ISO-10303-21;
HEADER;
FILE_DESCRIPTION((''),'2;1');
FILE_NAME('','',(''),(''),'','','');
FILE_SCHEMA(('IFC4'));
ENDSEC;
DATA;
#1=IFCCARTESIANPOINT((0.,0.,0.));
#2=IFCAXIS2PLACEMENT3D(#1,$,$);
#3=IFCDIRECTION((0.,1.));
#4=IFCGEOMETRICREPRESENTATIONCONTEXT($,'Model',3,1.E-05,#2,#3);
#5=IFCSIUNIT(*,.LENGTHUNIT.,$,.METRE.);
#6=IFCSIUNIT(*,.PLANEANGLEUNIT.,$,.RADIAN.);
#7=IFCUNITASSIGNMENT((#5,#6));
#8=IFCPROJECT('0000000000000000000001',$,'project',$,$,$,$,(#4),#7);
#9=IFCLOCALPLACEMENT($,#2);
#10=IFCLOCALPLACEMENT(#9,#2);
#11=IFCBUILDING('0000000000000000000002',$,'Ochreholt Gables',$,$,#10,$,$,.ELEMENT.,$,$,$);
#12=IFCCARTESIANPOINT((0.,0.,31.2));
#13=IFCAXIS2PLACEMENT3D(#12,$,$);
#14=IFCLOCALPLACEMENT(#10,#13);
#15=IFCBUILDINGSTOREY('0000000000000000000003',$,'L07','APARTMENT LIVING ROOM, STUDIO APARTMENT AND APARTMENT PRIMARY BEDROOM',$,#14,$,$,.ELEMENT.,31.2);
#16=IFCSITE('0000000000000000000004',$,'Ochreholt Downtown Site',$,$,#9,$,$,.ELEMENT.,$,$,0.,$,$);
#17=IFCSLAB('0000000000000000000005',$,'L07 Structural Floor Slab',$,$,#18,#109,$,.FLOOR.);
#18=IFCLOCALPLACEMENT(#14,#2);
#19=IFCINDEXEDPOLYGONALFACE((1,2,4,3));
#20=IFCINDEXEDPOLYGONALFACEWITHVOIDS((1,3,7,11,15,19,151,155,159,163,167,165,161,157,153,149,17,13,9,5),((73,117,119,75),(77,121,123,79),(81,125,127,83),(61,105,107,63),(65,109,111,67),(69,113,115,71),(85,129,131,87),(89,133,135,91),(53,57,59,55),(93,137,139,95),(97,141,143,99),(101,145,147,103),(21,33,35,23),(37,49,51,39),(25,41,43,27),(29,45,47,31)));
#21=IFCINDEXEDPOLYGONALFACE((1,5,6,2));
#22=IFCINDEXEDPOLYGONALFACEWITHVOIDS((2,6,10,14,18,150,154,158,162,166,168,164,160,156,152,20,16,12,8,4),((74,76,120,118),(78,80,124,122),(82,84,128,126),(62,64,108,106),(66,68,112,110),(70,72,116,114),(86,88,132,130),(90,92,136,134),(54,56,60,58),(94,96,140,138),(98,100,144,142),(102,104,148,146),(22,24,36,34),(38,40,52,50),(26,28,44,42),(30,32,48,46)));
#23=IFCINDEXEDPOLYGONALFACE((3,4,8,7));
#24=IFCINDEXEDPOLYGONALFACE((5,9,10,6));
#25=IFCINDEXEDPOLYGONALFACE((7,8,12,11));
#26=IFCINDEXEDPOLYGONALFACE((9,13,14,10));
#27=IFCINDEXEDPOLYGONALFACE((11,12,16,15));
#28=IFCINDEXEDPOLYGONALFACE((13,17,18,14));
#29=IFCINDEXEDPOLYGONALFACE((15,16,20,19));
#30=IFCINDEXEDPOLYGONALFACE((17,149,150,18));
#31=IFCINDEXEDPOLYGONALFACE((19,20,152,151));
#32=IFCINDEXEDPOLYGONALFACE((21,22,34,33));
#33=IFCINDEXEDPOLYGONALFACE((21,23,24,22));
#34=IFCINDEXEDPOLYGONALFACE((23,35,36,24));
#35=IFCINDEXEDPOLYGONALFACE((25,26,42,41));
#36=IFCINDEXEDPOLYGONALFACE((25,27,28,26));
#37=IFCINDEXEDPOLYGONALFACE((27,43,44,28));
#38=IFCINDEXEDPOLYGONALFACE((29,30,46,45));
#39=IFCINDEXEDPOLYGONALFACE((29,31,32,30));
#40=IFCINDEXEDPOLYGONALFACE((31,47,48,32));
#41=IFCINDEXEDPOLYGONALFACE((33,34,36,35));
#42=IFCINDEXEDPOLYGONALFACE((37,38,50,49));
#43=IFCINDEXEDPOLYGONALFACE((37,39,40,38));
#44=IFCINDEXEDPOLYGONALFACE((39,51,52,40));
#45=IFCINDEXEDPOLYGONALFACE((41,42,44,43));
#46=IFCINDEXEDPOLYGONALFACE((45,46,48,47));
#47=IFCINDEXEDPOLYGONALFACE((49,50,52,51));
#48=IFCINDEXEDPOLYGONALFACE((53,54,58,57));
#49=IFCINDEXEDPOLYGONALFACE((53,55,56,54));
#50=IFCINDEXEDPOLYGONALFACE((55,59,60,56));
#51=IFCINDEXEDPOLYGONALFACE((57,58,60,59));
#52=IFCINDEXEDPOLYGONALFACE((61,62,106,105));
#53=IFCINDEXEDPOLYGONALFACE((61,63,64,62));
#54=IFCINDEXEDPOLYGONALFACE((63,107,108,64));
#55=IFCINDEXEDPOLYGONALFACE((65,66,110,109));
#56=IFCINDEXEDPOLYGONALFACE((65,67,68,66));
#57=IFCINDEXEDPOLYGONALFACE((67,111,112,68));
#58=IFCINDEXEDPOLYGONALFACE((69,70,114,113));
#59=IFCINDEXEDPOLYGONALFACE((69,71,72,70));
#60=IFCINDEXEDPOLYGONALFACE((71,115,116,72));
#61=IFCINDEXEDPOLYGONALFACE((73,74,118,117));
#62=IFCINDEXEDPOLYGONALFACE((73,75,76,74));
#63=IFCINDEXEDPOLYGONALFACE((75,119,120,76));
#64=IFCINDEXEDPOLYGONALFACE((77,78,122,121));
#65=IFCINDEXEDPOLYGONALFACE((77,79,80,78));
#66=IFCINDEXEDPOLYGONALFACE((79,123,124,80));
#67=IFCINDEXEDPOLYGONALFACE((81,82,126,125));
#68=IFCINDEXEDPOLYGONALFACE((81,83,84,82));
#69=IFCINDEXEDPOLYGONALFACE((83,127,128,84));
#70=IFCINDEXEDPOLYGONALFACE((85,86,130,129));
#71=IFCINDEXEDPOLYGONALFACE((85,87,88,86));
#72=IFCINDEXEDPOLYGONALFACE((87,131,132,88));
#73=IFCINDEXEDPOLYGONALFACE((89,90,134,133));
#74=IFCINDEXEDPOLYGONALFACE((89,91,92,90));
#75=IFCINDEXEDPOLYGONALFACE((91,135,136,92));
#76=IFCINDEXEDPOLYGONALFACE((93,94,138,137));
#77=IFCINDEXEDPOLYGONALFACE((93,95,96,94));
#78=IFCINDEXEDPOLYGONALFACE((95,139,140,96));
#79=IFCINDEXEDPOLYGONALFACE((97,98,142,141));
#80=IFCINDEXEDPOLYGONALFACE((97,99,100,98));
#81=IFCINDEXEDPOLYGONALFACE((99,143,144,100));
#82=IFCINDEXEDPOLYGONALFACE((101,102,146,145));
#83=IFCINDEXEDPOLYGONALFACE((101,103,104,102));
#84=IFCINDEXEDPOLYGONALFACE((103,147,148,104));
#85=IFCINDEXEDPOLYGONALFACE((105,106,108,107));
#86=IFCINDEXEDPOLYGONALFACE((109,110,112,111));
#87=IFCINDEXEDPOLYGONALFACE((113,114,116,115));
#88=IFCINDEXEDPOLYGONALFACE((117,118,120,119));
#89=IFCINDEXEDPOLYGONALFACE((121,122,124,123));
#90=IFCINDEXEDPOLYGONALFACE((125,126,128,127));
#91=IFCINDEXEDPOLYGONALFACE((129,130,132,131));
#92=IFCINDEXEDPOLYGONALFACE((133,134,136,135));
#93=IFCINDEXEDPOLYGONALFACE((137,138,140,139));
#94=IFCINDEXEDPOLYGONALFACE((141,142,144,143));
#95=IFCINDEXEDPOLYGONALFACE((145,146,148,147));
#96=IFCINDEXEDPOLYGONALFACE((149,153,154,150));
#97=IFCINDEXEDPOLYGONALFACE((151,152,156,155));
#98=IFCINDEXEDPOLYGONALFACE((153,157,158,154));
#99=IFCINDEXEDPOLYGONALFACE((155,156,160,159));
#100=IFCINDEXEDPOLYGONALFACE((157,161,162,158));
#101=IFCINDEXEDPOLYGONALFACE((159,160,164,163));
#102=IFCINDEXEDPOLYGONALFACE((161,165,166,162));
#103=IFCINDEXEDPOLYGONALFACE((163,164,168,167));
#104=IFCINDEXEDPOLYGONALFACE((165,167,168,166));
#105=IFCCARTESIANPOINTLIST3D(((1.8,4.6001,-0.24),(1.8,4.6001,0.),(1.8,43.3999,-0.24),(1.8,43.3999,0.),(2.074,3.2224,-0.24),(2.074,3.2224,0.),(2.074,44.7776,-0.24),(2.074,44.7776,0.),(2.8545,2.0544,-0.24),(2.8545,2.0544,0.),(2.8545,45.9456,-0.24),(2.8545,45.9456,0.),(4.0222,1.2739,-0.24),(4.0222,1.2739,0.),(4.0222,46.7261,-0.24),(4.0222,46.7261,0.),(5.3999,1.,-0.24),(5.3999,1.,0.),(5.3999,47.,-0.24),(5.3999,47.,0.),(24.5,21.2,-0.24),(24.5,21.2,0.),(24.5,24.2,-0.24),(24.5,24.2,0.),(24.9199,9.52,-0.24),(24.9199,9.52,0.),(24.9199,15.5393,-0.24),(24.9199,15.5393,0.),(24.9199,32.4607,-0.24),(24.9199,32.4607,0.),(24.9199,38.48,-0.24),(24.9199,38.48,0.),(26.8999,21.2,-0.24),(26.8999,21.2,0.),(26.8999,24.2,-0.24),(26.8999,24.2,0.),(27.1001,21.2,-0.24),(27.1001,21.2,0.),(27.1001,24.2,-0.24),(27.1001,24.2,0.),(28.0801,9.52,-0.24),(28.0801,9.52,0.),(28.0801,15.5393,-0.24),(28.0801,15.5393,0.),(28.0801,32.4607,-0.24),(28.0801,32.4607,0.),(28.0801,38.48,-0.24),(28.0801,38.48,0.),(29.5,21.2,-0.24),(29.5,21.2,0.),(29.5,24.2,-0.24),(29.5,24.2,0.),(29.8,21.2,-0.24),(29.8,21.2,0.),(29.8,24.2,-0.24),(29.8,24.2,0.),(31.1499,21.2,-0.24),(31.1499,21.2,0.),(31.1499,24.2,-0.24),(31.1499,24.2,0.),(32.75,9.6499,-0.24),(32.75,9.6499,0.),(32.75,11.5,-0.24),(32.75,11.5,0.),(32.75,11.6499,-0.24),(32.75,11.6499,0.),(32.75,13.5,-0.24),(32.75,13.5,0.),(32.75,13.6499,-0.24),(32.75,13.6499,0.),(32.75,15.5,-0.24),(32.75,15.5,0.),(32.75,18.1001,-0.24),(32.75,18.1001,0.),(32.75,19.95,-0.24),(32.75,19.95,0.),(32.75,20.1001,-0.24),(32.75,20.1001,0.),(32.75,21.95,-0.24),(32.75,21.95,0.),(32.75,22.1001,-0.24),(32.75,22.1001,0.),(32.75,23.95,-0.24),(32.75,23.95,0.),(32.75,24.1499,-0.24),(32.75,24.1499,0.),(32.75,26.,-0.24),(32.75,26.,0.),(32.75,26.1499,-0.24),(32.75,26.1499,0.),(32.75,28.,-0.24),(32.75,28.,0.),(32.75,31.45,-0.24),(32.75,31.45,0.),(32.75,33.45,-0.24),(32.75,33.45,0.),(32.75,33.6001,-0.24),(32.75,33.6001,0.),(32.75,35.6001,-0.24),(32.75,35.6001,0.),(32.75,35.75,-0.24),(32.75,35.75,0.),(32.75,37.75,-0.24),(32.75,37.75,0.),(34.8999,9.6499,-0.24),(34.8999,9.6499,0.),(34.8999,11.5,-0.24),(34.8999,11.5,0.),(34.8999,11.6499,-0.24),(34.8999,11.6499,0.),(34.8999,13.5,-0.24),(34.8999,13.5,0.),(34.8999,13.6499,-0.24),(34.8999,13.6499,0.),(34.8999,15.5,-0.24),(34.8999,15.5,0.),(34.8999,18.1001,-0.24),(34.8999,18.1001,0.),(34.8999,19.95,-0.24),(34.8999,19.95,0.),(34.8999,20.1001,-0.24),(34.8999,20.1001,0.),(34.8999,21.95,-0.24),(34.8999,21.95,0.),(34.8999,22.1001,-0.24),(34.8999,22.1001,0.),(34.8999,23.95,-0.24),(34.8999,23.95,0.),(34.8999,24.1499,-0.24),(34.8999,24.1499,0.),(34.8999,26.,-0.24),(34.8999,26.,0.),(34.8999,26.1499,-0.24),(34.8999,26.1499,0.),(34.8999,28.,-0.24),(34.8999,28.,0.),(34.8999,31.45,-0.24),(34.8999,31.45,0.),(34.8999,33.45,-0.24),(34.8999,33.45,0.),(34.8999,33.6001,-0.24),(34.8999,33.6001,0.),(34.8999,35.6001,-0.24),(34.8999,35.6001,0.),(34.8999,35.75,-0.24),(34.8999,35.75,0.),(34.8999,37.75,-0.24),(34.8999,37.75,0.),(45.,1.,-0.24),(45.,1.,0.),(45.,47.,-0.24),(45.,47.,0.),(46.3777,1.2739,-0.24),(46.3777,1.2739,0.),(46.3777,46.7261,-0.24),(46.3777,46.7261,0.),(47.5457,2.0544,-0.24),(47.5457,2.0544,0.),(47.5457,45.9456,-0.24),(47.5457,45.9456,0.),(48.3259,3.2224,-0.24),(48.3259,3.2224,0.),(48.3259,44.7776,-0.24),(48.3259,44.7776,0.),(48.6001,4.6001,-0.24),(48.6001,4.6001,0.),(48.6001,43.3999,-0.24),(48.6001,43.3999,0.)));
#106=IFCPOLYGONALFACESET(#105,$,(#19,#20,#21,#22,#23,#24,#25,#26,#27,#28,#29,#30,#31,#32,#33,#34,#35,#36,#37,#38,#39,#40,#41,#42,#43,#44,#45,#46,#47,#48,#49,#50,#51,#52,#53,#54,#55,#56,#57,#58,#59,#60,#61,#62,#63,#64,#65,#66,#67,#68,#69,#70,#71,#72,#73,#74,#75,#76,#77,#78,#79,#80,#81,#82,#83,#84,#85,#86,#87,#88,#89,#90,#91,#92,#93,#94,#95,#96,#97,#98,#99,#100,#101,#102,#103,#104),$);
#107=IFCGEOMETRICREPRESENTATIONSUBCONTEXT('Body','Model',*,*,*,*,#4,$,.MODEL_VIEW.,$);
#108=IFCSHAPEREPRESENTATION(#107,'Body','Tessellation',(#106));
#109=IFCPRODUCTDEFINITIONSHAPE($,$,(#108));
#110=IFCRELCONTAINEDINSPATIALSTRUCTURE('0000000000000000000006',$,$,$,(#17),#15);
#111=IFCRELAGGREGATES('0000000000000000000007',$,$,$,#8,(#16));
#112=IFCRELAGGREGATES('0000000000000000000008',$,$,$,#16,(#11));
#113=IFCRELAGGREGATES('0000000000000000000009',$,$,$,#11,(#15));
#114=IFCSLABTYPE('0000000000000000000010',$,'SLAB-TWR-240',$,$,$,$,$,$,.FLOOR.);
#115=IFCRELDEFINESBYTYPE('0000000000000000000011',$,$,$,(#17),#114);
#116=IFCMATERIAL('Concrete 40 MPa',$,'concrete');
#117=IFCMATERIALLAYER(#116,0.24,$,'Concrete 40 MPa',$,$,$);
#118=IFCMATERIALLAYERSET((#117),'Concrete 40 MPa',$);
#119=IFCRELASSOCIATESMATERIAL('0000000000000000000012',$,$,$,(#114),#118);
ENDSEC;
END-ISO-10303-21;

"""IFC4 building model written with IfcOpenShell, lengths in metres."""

from ifc_helpers import new_model, si_unit, direction, frame, origin, place, context, subcontext, project, spatial, polyline, outline, extrude, material, layer, layer_set, type_object, element, save


model = new_model("IFC4")

# Units and contexts
model_context = context("Model", 3, precision=1e-05, world=origin(), true_north=direction((0.0, 1.0)))
body_context = subcontext(model_context, "Body", "Model", "MODEL_VIEW")
ifc_project = project(units=[si_unit("LENGTHUNIT", "METRE"), si_unit("PLANEANGLEUNIT", "RADIAN")], contexts=[model_context])

# Site, building, storey
site_placement = place(None, origin())
site = spatial("IfcSite", under=ifc_project, at=site_placement, Name="Ochreholt Downtown Site", CompositionType="ELEMENT", RefElevation=0.0)
building_placement = place(site_placement, origin())
building = spatial("IfcBuilding", under=site, at=building_placement, Name="Ochreholt Gables", CompositionType="ELEMENT")
storey_placement = place(building_placement, frame((0.0, 0.0, 31.2)))
storey = spatial("IfcBuildingStorey", under=building, at=storey_placement, Name="L07", Description="APARTMENT LIVING ROOM, STUDIO APARTMENT AND APARTMENT PRIMARY BEDROOM", CompositionType="ELEMENT", Elevation=31.2)

# Shared definitions
ifc_material_1 = material(Name="Concrete 40 MPa", Category="concrete")

# Slab
ifc_layer_1 = layer(ifc_material_1, 0.24, Name="Concrete 40 MPa")
ifc_layer_set_1 = layer_set([ifc_layer_1], Name="Concrete 40 MPa")
slab_type_1 = type_object("IfcSlabType", Name="SLAB-TWR-240", PredefinedType="FLOOR", material=ifc_layer_set_1)
slab_1_placement = place(storey_placement, frame((0.0, 0.0, -0.24)))
element("IfcSlab", 1, at=slab_1_placement, inside=storey, type_object=slab_type_1, Name="L07 Structural Floor Slab", PredefinedType="FLOOR", context=body_context, shape_type="SweptSolid", body=[
    extrude(outline(polyline([(1.8, 4.6001), (2.074, 3.2224), (2.8545, 2.0544), (4.0222, 1.2739), (5.3999, 1.0), (45.0, 1.0), (46.3777, 1.2739), (47.5457, 2.0544), (48.3259, 3.2224), (48.6001, 4.6001), (48.6001, 43.3999), (48.3259, 44.7776), (47.5457, 45.9456), (46.3777, 46.7261), (45.0, 47.0), (5.3999, 47.0), (4.0222, 46.7261), (2.8545, 45.9456), (2.074, 44.7776), (1.8, 43.3999), (1.8, 4.6001)]), holes=[polyline([(24.9199, 15.5393), (24.9199, 9.52), (28.0801, 9.52), (28.0801, 15.5393), (24.9199, 15.5393)]), polyline([(28.0801, 32.4607), (28.0801, 38.48), (24.9199, 38.48), (24.9199, 32.4607), (28.0801, 32.4607)]), polyline([(24.5, 21.2), (26.8999, 21.2), (26.8999, 24.2), (24.5, 24.2), (24.5, 21.2)]), polyline([(27.1001, 21.2), (29.5, 21.2), (29.5, 24.2), (27.1001, 24.2), (27.1001, 21.2)]), polyline([(32.75, 9.6499), (34.8999, 9.6499), (34.8999, 11.5), (32.75, 11.5), (32.75, 9.6499)]), polyline([(32.75, 11.6499), (34.8999, 11.6499), (34.8999, 13.5), (32.75, 13.5), (32.75, 11.6499)]), polyline([(32.75, 13.6499), (34.8999, 13.6499), (34.8999, 15.5), (32.75, 15.5), (32.75, 13.6499)]), polyline([(32.75, 18.1001), (34.8999, 18.1001), (34.8999, 19.95), (32.75, 19.95), (32.75, 18.1001)]), polyline([(32.75, 20.1001), (34.8999, 20.1001), (34.8999, 21.95), (32.75, 21.95), (32.75, 20.1001)]), polyline([(32.75, 22.1001), (34.8999, 22.1001), (34.8999, 23.95), (32.75, 23.95), (32.75, 22.1001)]), polyline([(32.75, 24.1499), (34.8999, 24.1499), (34.8999, 26.0), (32.75, 26.0), (32.75, 24.1499)]), polyline([(32.75, 26.1499), (34.8999, 26.1499), (34.8999, 28.0), (32.75, 28.0), (32.75, 26.1499)]), polyline([(32.75, 31.45), (34.8999, 31.45), (34.8999, 33.45), (32.75, 33.45), (32.75, 31.45)]), polyline([(32.75, 33.6001), (34.8999, 33.6001), (34.8999, 35.6001), (32.75, 35.6001), (32.75, 33.6001)]), polyline([(32.75, 35.75), (34.8999, 35.75), (34.8999, 37.75), (32.75, 37.75), (32.75, 35.75)]), polyline([(29.8, 21.2), (31.1499, 21.2), (31.1499, 24.2), (29.8, 24.2), (29.8, 21.2)])]), origin(), (0.0, 0.0, 1.0), 0.24),
])

save(model, "model.ifc")
